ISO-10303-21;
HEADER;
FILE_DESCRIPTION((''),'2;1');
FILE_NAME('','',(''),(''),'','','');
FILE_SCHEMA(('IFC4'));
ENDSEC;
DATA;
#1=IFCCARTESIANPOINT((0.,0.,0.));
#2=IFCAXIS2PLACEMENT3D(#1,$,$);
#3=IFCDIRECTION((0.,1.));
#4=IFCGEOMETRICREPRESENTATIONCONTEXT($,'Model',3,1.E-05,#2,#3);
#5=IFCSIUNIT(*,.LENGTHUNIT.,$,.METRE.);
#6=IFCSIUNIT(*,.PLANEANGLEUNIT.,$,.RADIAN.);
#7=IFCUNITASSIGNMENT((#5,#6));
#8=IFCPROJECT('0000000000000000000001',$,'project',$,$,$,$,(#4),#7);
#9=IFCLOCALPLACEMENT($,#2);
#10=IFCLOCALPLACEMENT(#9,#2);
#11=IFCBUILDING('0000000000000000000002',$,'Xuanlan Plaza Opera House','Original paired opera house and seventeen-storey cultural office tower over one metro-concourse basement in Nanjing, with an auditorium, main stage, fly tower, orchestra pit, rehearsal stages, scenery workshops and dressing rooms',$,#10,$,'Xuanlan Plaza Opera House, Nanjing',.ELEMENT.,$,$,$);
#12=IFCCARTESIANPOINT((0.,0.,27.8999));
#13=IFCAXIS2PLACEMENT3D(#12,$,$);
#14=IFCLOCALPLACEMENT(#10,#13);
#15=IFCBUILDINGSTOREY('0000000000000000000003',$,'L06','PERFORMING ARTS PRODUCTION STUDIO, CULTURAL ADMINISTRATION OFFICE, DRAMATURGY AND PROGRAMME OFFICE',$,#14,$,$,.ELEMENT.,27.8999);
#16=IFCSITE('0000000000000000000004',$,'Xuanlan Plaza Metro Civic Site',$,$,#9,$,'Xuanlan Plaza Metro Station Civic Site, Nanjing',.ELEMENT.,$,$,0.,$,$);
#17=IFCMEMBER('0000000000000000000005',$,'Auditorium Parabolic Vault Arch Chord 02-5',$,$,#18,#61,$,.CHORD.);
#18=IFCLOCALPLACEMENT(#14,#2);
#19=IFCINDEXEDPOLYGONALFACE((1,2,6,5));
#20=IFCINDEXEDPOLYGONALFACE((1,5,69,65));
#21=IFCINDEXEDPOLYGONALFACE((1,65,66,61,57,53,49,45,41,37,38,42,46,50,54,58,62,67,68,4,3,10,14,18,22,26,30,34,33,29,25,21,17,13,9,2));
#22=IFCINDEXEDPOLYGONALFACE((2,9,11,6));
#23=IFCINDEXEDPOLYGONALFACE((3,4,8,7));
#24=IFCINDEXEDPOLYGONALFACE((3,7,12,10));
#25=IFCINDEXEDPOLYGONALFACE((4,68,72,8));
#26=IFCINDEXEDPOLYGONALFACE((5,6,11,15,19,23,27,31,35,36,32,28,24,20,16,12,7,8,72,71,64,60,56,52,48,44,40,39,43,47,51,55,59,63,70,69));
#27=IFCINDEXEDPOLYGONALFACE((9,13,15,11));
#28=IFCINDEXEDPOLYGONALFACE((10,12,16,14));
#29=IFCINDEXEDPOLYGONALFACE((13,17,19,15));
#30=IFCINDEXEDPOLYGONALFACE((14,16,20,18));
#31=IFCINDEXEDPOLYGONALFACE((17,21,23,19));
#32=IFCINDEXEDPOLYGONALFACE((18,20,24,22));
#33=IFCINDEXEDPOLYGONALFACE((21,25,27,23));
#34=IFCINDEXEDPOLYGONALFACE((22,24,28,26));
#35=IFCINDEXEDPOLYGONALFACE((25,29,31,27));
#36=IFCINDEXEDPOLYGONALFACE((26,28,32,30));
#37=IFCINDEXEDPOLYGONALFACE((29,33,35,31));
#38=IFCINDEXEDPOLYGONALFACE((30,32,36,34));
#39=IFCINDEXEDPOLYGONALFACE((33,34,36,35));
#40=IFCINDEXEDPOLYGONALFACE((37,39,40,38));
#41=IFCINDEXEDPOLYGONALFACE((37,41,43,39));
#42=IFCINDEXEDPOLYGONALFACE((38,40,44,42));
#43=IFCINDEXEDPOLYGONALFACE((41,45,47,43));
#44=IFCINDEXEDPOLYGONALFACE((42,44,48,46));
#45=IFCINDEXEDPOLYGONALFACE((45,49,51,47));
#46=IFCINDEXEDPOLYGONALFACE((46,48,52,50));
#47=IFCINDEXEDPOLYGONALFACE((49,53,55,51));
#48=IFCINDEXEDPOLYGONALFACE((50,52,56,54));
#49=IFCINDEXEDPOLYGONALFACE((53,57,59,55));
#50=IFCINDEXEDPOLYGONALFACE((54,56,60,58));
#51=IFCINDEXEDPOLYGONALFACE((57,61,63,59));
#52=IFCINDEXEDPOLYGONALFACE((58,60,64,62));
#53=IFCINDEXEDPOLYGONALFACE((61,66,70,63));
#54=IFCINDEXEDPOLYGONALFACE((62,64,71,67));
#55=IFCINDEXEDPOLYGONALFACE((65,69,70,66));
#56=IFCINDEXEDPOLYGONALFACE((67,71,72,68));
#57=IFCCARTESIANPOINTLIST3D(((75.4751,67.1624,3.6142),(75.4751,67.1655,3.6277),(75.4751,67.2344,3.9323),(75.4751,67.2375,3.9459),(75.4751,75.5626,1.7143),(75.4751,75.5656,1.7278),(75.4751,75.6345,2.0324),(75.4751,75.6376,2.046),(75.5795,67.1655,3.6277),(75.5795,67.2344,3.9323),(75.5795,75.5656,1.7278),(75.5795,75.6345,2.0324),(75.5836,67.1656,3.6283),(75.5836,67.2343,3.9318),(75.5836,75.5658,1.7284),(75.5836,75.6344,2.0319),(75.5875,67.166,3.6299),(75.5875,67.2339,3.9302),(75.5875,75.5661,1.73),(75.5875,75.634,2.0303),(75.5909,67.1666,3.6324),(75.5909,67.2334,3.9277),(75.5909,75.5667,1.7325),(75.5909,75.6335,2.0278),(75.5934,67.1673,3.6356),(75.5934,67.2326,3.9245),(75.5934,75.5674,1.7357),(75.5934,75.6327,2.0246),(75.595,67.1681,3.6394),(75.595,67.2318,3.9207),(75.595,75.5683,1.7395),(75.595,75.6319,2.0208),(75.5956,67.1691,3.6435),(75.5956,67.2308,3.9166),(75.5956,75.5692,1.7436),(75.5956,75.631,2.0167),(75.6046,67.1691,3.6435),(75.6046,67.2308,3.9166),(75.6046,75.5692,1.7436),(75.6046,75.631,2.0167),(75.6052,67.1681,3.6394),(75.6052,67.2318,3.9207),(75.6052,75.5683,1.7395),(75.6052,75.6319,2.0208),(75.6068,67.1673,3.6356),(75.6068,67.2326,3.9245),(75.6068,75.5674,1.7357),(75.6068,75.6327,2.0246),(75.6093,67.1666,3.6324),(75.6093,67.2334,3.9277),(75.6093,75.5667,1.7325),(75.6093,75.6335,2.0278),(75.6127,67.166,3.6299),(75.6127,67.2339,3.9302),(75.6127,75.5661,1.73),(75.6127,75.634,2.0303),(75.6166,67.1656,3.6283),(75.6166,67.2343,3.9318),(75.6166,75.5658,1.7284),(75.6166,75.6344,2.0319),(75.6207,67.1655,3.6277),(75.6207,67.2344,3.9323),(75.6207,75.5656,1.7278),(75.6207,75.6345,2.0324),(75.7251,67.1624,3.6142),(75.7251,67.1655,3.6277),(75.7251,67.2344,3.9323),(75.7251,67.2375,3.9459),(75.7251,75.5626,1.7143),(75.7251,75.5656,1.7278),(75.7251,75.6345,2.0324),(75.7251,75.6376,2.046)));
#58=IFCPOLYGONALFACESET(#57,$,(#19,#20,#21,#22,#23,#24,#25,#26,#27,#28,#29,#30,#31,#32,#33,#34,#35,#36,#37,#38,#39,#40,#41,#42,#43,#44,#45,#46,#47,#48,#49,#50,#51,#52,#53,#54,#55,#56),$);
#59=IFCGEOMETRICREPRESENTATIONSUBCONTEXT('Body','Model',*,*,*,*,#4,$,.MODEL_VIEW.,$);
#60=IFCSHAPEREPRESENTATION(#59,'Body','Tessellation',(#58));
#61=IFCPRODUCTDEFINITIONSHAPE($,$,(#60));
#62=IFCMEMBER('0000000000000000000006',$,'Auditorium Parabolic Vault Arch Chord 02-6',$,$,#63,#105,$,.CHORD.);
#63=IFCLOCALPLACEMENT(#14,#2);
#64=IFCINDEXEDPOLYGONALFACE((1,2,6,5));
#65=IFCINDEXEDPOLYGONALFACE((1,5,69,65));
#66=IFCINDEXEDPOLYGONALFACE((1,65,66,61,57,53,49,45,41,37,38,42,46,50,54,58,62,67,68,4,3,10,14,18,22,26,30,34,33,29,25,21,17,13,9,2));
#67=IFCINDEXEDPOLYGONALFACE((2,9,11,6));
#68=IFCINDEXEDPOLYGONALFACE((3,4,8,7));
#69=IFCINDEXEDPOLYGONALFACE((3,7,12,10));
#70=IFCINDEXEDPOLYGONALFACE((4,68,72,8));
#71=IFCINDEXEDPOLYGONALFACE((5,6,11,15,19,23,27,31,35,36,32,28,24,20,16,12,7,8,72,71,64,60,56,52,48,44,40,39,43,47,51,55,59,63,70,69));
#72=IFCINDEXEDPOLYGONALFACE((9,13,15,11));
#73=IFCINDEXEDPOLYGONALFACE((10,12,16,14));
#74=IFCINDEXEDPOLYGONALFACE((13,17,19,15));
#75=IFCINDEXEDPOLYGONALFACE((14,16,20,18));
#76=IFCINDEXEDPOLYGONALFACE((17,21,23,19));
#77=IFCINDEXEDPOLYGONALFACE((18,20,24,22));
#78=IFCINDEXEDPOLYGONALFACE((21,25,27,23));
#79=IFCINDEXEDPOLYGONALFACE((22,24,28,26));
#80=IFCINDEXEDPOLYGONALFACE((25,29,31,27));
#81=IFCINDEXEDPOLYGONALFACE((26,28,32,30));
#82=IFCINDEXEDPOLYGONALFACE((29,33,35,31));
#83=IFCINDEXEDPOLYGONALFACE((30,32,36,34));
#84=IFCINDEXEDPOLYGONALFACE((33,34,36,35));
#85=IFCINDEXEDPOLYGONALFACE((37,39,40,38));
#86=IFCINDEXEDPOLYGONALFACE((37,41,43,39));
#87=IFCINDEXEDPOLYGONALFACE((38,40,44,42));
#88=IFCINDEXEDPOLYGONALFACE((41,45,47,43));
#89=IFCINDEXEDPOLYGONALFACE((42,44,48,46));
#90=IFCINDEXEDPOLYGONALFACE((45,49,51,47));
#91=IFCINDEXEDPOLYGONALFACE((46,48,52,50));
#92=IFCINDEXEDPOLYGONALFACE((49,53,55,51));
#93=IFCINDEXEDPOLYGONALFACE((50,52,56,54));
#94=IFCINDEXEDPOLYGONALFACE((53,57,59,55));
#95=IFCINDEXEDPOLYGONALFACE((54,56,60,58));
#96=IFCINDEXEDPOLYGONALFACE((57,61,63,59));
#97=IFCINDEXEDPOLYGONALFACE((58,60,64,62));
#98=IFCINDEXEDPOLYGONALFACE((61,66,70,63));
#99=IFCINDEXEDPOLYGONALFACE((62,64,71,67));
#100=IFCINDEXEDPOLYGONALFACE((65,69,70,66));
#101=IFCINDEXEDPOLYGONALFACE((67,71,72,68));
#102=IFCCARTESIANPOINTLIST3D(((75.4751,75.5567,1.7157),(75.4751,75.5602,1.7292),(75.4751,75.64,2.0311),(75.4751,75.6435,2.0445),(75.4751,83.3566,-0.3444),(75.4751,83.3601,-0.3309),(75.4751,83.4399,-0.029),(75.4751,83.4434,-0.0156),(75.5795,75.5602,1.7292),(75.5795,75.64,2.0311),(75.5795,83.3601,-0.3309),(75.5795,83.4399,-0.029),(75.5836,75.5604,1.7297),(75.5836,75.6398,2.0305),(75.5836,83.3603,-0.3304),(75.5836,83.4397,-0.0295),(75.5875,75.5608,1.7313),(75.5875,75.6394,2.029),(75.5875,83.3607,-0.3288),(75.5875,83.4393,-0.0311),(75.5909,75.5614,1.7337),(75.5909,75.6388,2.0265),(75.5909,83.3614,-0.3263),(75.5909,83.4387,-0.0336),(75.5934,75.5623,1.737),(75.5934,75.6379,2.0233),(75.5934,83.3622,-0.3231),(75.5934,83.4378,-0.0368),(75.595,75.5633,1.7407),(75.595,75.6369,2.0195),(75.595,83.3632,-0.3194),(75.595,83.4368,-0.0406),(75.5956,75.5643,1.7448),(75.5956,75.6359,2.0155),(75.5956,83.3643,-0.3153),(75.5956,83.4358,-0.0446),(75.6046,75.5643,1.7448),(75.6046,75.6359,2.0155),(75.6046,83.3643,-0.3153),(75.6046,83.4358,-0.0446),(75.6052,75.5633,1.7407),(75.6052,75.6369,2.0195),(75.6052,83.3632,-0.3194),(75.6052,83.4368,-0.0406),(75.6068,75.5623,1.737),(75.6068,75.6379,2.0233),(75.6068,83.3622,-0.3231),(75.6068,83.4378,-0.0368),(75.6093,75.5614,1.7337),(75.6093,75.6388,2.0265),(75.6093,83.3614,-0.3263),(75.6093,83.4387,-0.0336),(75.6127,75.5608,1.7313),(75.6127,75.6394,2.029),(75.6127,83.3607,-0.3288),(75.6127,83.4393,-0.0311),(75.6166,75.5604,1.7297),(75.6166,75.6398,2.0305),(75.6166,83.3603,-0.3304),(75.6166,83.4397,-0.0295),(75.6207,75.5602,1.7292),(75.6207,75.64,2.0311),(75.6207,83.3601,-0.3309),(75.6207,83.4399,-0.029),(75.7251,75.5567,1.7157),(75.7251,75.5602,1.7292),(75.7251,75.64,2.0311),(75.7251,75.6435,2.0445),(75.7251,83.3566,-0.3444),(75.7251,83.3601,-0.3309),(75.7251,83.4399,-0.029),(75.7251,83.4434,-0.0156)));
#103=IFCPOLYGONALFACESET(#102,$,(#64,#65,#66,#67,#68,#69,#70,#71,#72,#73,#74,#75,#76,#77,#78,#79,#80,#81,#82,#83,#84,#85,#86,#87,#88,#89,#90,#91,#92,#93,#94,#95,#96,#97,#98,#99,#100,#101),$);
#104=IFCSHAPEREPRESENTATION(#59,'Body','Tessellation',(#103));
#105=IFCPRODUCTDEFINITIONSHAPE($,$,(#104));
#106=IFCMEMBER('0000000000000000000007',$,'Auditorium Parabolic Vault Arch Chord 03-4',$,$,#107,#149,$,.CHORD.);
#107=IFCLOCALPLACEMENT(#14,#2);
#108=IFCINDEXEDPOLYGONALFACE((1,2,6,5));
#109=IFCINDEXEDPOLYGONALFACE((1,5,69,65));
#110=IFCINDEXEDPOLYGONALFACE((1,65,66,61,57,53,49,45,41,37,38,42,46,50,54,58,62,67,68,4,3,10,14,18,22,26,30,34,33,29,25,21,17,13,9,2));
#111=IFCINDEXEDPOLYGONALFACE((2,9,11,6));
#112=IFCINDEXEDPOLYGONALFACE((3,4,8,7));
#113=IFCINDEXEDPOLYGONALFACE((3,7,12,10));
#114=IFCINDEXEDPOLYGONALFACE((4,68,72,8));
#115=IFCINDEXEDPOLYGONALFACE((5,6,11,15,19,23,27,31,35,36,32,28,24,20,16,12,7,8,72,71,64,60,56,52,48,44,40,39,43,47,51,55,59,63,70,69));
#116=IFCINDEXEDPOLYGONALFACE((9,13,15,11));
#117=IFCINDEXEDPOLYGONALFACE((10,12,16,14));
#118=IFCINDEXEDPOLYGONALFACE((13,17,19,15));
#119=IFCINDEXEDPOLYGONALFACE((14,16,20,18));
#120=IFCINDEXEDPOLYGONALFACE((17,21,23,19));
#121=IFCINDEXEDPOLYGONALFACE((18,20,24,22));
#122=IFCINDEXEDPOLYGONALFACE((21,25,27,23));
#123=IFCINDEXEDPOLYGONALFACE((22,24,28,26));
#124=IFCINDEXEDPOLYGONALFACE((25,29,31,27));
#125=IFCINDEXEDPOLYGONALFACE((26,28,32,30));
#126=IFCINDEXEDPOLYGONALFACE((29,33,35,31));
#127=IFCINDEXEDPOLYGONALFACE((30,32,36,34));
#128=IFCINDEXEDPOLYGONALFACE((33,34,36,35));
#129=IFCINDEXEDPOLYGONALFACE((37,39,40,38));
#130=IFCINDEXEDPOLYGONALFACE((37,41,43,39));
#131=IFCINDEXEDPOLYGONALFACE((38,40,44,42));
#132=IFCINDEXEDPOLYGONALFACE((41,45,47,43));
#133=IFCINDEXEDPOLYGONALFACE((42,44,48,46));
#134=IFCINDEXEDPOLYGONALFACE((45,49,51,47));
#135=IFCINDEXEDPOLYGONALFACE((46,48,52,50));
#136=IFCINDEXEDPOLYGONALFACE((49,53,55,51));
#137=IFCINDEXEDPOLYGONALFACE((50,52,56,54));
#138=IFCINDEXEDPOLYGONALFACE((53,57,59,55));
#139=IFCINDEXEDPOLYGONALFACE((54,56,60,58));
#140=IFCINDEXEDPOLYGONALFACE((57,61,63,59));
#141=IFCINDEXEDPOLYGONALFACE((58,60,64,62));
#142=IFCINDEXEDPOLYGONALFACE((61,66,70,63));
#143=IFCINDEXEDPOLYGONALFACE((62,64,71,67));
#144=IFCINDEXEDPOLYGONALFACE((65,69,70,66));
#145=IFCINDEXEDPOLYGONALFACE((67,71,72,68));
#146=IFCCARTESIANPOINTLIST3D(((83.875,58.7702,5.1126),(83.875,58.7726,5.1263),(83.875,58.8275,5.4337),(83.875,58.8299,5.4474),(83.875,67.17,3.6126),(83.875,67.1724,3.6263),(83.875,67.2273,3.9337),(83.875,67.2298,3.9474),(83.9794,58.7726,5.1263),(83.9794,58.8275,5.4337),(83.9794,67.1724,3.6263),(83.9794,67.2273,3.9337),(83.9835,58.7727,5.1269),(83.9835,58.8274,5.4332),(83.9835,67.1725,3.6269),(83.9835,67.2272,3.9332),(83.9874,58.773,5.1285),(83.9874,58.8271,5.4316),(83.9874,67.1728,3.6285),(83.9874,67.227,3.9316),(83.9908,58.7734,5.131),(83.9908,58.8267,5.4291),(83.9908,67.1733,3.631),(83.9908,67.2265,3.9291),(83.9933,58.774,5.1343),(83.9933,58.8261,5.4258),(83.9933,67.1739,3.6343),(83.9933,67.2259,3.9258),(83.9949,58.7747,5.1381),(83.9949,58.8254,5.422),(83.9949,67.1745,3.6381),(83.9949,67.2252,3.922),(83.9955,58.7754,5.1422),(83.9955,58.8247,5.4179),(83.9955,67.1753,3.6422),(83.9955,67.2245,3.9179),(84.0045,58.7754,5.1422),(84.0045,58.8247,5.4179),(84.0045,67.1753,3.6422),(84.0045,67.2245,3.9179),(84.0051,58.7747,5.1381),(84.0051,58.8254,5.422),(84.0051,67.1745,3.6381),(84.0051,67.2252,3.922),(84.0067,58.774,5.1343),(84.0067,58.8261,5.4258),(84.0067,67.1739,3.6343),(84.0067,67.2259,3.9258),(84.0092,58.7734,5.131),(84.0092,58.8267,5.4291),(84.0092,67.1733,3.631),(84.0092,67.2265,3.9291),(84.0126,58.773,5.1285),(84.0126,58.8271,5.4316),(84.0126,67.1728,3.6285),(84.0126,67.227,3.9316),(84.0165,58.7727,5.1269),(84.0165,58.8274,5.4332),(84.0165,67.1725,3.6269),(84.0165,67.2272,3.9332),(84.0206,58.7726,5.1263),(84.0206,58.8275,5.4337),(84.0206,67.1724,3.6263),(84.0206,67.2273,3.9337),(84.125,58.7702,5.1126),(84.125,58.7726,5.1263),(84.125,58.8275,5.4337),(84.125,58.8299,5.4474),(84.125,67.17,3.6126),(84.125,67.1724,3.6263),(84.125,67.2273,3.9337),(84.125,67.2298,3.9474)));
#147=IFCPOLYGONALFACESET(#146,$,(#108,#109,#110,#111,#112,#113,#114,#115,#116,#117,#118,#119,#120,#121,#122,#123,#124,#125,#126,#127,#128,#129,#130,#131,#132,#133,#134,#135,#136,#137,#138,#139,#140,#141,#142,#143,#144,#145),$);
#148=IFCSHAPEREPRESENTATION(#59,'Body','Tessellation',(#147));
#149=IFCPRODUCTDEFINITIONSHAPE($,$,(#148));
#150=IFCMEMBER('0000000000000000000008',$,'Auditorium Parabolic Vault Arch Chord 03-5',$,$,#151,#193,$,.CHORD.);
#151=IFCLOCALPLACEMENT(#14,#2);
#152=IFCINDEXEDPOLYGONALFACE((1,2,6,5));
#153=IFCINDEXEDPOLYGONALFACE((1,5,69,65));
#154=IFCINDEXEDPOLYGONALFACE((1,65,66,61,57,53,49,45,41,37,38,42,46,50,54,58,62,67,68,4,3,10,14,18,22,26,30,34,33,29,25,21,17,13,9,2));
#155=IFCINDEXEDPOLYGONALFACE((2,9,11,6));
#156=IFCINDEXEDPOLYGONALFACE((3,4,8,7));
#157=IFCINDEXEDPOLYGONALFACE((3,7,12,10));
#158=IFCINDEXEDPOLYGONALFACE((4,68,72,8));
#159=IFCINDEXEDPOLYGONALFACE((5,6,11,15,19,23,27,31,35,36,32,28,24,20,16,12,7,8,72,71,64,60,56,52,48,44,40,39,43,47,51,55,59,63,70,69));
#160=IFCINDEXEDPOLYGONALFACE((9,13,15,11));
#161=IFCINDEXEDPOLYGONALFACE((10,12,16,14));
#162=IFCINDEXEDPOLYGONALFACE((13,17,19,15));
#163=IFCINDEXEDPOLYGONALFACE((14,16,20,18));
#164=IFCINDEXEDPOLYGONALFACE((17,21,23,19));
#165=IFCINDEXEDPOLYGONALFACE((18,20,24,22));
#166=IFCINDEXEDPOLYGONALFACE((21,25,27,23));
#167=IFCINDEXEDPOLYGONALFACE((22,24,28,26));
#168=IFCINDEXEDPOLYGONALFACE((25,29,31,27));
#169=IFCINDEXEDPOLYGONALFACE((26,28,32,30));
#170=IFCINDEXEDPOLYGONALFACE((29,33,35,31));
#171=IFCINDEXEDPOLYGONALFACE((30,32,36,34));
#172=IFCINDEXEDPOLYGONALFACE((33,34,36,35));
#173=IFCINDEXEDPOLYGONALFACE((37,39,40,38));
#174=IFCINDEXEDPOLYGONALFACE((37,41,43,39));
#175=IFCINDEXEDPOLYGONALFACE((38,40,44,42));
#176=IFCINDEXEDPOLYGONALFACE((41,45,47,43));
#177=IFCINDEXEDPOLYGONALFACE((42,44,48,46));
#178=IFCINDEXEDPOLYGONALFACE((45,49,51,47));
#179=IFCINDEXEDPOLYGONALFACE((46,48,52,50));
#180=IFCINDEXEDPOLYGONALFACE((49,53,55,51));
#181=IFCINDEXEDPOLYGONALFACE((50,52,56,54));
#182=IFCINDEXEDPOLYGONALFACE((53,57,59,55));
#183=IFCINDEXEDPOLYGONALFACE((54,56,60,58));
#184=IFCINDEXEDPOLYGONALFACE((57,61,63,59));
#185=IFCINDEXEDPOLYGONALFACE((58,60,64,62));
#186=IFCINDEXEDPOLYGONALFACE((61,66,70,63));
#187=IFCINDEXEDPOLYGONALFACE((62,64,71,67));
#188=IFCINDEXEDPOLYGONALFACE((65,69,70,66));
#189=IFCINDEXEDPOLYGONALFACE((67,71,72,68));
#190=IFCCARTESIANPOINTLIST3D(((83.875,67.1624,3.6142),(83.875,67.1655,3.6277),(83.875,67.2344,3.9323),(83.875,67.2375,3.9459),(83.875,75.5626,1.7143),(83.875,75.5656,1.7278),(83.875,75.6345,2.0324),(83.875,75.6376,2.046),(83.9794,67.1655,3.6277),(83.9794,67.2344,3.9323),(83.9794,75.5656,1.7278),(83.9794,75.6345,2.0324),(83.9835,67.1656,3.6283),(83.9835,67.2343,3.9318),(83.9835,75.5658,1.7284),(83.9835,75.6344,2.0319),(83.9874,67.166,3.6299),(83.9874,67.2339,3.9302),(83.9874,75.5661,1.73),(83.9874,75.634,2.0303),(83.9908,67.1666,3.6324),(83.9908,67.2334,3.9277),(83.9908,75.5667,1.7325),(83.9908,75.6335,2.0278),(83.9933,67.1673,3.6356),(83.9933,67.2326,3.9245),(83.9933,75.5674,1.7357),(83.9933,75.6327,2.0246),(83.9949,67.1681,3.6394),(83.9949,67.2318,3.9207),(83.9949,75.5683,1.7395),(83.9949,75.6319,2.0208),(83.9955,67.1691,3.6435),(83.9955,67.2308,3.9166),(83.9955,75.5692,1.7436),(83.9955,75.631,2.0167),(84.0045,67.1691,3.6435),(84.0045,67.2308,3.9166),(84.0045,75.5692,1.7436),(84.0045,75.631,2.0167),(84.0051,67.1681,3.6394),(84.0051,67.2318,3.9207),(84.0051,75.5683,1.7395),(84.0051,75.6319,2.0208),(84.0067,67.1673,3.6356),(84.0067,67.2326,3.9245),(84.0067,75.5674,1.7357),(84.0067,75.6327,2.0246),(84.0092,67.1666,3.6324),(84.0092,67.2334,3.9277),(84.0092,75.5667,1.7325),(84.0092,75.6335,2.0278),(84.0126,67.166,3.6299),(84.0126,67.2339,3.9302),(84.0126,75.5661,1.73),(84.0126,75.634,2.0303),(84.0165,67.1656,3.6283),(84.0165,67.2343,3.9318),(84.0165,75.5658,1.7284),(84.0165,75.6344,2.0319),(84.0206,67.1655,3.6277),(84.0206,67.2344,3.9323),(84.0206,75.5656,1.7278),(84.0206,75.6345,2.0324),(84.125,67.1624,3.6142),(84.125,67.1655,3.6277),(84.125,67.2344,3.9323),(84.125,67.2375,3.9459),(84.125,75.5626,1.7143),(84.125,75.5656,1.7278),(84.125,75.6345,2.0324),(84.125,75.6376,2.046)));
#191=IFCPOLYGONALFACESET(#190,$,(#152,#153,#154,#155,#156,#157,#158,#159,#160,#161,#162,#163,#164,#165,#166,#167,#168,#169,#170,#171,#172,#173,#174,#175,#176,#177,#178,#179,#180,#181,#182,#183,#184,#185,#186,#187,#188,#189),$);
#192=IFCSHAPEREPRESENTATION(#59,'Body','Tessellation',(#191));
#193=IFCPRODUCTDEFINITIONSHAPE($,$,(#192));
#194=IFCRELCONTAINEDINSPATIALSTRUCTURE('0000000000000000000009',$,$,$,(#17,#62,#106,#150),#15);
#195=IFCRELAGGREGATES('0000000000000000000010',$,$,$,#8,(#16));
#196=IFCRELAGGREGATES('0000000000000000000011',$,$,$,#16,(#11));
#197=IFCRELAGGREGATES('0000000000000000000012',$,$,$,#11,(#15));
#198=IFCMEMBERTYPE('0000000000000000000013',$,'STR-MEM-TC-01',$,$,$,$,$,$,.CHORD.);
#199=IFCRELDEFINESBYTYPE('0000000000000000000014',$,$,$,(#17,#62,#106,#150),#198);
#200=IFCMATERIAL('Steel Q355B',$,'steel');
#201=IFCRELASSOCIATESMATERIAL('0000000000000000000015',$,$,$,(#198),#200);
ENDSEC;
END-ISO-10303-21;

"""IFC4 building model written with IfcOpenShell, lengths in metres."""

from ifc_helpers import new_model, si_unit, direction, frame, origin, origin_2d, place, context, subcontext, project, spatial, i_section, extrude, material, material_profile, profile_set, type_object, element, save


model = new_model("IFC4")

# Units and contexts
model_context = context("Model", 3, precision=1e-05, world=origin(), true_north=direction((0.0, 1.0)))
body_context = subcontext(model_context, "Body", "Model", "MODEL_VIEW")
ifc_project = project(units=[si_unit("LENGTHUNIT", "METRE"), si_unit("PLANEANGLEUNIT", "RADIAN")], contexts=[model_context])

# Site, building, storey
site_placement = place(None, origin())
site = spatial("IfcSite", under=ifc_project, at=site_placement, Name="Xuanlan Plaza Metro Civic Site", LongName="Xuanlan Plaza Metro Station Civic Site, Nanjing", CompositionType="ELEMENT", RefElevation=0.0)
building_placement = place(site_placement, origin())
building = spatial("IfcBuilding", under=site, at=building_placement, Name="Xuanlan Plaza Opera House", Description="Original paired opera house and seventeen-storey cultural office tower over one metro-concourse basement in Nanjing, with an auditorium, main stage, fly tower, orchestra pit, rehearsal stages, scenery workshops and dressing rooms", LongName="Xuanlan Plaza Opera House, Nanjing", CompositionType="ELEMENT")
storey_placement = place(building_placement, frame((0.0, 0.0, 27.8999)))
storey = spatial("IfcBuildingStorey", under=building, at=storey_placement, Name="L06", Description="PERFORMING ARTS PRODUCTION STUDIO, CULTURAL ADMINISTRATION OFFICE, DRAMATURGY AND PROGRAMME OFFICE", CompositionType="ELEMENT", Elevation=27.8999)

# Members
ifc_material_1 = material(Name="Steel Q355B", Category="steel")
ifc_material_profile_1 = material_profile(ifc_material_1, i_section(OverallWidth=0.25, OverallDepth=0.3401, WebThickness=0.009, FlangeThickness=0.0139, FilletRadius=0.0161, at=origin_2d()), Name="HM 340x250x9x14")
ifc_profile_set_1 = profile_set([ifc_material_profile_1], Name="Steel Q355B")
member_type_1 = type_object("IfcMemberType", Name="STR-MEM-TC-01", PredefinedType="CHORD", material=ifc_profile_set_1)
member_1_placement = place(storey_placement, frame((75.6001, 67.2, 3.78), z_axis=(0.0, 0.975364, -0.220603), x_axis=(-1.0, 0.0, 0.0)))
element("IfcMember", 1, at=member_1_placement, inside=storey, type_object=member_type_1, Name="Auditorium Parabolic Vault Arch Chord 02-5", PredefinedType="CHORD", context=body_context, shape_type="SweptSolid", body=[
    extrude(i_section(OverallWidth=0.25, OverallDepth=0.3401, WebThickness=0.009, FlangeThickness=0.0139, FilletRadius=0.0161, at=origin_2d()), origin(), (0.0, 0.0, 1.0), 8.6123),
])
member_2_placement = place(storey_placement, frame((75.6001, 75.6001, 1.8801), z_axis=(0.0, 0.966846, -0.25536), x_axis=(-1.0, 0.0, 0.0)))
element("IfcMember", 2, at=member_2_placement, inside=storey, type_object=member_type_1, Name="Auditorium Parabolic Vault Arch Chord 02-6", PredefinedType="CHORD", context=body_context, shape_type="SweptSolid", body=[
    extrude(i_section(OverallWidth=0.25, OverallDepth=0.3401, WebThickness=0.009, FlangeThickness=0.0139, FilletRadius=0.0161, at=origin_2d()), origin(), (0.0, 0.0, 1.0), 8.0674),
])
member_3_placement = place(storey_placement, frame((84.0, 58.8, 5.28), z_axis=(0.0, 0.984427, -0.175793), x_axis=(-1.0, 0.0, 0.0)))
element("IfcMember", 3, at=member_3_placement, inside=storey, type_object=member_type_1, Name="Auditorium Parabolic Vault Arch Chord 03-4", PredefinedType="CHORD", context=body_context, shape_type="SweptSolid", body=[
    extrude(i_section(OverallWidth=0.25, OverallDepth=0.3401, WebThickness=0.009, FlangeThickness=0.0139, FilletRadius=0.0161, at=origin_2d()), origin(), (0.0, 0.0, 1.0), 8.5327),
])
member_4_placement = place(storey_placement, frame((84.0, 67.2, 3.78), z_axis=(0.0, 0.975364, -0.220603), x_axis=(-1.0, 0.0, 0.0)))
element("IfcMember", 4, at=member_4_placement, inside=storey, type_object=member_type_1, Name="Auditorium Parabolic Vault Arch Chord 03-5", PredefinedType="CHORD", context=body_context, shape_type="SweptSolid", body=[
    extrude(i_section(OverallWidth=0.25, OverallDepth=0.3401, WebThickness=0.009, FlangeThickness=0.0139, FilletRadius=0.0161, at=origin_2d()), origin(), (0.0, 0.0, 1.0), 8.6123),
])

save(model, "model.ifc")
